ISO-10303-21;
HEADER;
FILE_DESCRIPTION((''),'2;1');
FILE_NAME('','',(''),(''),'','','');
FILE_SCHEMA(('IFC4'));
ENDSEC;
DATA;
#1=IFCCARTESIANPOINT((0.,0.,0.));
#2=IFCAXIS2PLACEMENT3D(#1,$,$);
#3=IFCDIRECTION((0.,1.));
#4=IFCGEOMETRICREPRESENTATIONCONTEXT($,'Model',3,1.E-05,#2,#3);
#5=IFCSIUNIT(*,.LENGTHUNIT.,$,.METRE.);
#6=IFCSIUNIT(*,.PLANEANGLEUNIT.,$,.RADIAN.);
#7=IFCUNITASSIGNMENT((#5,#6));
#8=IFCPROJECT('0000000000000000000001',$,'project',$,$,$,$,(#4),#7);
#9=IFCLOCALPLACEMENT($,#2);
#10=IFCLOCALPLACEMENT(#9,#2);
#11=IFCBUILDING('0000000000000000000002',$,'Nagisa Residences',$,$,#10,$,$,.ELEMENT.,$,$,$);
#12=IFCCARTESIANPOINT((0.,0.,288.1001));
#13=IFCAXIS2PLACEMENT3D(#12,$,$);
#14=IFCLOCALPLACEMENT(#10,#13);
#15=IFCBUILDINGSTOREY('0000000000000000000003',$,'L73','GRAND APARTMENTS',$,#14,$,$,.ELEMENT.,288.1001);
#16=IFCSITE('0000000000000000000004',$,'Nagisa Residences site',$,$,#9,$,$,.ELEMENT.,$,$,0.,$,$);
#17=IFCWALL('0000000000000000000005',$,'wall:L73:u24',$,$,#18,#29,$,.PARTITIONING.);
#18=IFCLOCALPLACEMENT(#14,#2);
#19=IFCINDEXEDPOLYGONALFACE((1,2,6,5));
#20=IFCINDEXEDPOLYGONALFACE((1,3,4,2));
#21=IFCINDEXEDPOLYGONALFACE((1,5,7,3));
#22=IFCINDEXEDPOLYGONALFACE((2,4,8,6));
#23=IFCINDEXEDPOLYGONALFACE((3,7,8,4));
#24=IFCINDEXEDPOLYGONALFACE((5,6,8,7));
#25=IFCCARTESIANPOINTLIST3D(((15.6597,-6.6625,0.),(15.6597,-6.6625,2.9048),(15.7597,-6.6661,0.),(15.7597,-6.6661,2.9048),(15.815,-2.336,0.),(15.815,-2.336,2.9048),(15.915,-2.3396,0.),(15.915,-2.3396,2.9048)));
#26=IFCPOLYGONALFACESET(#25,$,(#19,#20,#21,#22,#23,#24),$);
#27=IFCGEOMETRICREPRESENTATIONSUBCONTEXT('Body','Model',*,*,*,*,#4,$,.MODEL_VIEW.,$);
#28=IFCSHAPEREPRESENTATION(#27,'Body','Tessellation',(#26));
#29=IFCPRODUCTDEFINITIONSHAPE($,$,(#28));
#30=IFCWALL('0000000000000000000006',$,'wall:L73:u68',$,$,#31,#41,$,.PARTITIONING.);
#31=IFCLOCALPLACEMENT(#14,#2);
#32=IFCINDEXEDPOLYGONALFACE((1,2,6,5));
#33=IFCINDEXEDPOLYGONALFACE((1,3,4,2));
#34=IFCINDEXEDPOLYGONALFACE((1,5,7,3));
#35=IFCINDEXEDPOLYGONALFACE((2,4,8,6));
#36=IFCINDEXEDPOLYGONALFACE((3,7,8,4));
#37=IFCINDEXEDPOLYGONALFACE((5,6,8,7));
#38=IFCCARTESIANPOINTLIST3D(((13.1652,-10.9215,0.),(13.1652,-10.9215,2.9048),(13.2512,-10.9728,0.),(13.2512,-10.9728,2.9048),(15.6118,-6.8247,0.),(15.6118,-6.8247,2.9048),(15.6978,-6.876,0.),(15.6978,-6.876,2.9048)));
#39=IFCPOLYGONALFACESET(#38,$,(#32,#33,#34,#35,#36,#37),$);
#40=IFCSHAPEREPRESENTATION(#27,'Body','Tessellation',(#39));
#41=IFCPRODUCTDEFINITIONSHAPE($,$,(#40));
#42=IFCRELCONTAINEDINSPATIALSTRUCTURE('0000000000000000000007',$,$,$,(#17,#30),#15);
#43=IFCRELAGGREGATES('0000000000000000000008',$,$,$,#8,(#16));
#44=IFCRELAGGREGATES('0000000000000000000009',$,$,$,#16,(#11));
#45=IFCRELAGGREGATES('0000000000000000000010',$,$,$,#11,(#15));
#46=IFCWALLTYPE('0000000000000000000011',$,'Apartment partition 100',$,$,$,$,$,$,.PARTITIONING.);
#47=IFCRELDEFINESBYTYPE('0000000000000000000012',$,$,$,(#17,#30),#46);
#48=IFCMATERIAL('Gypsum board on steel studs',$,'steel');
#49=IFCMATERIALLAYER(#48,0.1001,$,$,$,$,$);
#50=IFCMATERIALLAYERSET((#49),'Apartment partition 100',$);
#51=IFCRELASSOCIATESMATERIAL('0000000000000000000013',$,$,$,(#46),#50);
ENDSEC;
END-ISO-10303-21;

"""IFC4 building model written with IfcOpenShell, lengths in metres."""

from ifc_helpers import new_model, si_unit, direction, frame, frame_2d, origin, place, context, subcontext, project, spatial, rectangle, extrude, material, layer, layer_set, type_object, element, save


model = new_model("IFC4")

# Units and contexts
model_context = context("Model", 3, precision=1e-05, world=origin(), true_north=direction((0.0, 1.0)))
body_context = subcontext(model_context, "Body", "Model", "MODEL_VIEW")
ifc_project = project(units=[si_unit("LENGTHUNIT", "METRE"), si_unit("PLANEANGLEUNIT", "RADIAN")], contexts=[model_context])

# Site, building, storey
site_placement = place(None, origin())
site = spatial("IfcSite", under=ifc_project, at=site_placement, Name="Nagisa Residences site", CompositionType="ELEMENT", RefElevation=0.0)
building_placement = place(site_placement, origin())
building = spatial("IfcBuilding", under=site, at=building_placement, Name="Nagisa Residences", CompositionType="ELEMENT")
storey_placement = place(building_placement, frame((0.0, 0.0, 288.1001)))
storey = spatial("IfcBuildingStorey", under=building, at=storey_placement, Name="L73", Description="GRAND APARTMENTS", CompositionType="ELEMENT", Elevation=288.1001)

# Shared definitions
ifc_material_1 = material(Name="Gypsum board on steel studs", Category="steel")
ifc_layer_1 = layer(ifc_material_1, 0.1001)
ifc_layer_set_1 = layer_set([ifc_layer_1], Name="Apartment partition 100")
wall_type_1 = type_object("IfcWallType", Name="Apartment partition 100", PredefinedType="PARTITIONING", material=ifc_layer_set_1)

# Walls
wall_1_placement = place(storey_placement, frame((15.865, -2.3379, 0.0), z_axis=(0.0, 0.0, 1.0), x_axis=(-0.035865, -0.999357, 0.0)))
element("IfcWall", 1, at=wall_1_placement, inside=storey, type_object=wall_type_1, Name="wall:L73:u24", PredefinedType="PARTITIONING", context=body_context, shape_type="SweptSolid", body=[
    extrude(rectangle(XDim=4.3293, YDim=0.1001, at=frame_2d((2.1646, 0.0))), origin(), (0.0, 0.0, 1.0), 2.9048),
])
wall_2_placement = place(storey_placement, frame((13.2083, -10.947, 0.0), z_axis=(0.0, 0.0, 1.0), x_axis=(0.512726, 0.858552, 0.0)))
element("IfcWall", 2, at=wall_2_placement, inside=storey, type_object=wall_type_1, Name="wall:L73:u68", PredefinedType="PARTITIONING", context=body_context, shape_type="SweptSolid", body=[
    extrude(rectangle(XDim=4.7717, YDim=0.1001, at=frame_2d((2.3857, 0.0))), origin(), (0.0, 0.0, 1.0), 2.9048),
])

save(model, "model.ifc")
